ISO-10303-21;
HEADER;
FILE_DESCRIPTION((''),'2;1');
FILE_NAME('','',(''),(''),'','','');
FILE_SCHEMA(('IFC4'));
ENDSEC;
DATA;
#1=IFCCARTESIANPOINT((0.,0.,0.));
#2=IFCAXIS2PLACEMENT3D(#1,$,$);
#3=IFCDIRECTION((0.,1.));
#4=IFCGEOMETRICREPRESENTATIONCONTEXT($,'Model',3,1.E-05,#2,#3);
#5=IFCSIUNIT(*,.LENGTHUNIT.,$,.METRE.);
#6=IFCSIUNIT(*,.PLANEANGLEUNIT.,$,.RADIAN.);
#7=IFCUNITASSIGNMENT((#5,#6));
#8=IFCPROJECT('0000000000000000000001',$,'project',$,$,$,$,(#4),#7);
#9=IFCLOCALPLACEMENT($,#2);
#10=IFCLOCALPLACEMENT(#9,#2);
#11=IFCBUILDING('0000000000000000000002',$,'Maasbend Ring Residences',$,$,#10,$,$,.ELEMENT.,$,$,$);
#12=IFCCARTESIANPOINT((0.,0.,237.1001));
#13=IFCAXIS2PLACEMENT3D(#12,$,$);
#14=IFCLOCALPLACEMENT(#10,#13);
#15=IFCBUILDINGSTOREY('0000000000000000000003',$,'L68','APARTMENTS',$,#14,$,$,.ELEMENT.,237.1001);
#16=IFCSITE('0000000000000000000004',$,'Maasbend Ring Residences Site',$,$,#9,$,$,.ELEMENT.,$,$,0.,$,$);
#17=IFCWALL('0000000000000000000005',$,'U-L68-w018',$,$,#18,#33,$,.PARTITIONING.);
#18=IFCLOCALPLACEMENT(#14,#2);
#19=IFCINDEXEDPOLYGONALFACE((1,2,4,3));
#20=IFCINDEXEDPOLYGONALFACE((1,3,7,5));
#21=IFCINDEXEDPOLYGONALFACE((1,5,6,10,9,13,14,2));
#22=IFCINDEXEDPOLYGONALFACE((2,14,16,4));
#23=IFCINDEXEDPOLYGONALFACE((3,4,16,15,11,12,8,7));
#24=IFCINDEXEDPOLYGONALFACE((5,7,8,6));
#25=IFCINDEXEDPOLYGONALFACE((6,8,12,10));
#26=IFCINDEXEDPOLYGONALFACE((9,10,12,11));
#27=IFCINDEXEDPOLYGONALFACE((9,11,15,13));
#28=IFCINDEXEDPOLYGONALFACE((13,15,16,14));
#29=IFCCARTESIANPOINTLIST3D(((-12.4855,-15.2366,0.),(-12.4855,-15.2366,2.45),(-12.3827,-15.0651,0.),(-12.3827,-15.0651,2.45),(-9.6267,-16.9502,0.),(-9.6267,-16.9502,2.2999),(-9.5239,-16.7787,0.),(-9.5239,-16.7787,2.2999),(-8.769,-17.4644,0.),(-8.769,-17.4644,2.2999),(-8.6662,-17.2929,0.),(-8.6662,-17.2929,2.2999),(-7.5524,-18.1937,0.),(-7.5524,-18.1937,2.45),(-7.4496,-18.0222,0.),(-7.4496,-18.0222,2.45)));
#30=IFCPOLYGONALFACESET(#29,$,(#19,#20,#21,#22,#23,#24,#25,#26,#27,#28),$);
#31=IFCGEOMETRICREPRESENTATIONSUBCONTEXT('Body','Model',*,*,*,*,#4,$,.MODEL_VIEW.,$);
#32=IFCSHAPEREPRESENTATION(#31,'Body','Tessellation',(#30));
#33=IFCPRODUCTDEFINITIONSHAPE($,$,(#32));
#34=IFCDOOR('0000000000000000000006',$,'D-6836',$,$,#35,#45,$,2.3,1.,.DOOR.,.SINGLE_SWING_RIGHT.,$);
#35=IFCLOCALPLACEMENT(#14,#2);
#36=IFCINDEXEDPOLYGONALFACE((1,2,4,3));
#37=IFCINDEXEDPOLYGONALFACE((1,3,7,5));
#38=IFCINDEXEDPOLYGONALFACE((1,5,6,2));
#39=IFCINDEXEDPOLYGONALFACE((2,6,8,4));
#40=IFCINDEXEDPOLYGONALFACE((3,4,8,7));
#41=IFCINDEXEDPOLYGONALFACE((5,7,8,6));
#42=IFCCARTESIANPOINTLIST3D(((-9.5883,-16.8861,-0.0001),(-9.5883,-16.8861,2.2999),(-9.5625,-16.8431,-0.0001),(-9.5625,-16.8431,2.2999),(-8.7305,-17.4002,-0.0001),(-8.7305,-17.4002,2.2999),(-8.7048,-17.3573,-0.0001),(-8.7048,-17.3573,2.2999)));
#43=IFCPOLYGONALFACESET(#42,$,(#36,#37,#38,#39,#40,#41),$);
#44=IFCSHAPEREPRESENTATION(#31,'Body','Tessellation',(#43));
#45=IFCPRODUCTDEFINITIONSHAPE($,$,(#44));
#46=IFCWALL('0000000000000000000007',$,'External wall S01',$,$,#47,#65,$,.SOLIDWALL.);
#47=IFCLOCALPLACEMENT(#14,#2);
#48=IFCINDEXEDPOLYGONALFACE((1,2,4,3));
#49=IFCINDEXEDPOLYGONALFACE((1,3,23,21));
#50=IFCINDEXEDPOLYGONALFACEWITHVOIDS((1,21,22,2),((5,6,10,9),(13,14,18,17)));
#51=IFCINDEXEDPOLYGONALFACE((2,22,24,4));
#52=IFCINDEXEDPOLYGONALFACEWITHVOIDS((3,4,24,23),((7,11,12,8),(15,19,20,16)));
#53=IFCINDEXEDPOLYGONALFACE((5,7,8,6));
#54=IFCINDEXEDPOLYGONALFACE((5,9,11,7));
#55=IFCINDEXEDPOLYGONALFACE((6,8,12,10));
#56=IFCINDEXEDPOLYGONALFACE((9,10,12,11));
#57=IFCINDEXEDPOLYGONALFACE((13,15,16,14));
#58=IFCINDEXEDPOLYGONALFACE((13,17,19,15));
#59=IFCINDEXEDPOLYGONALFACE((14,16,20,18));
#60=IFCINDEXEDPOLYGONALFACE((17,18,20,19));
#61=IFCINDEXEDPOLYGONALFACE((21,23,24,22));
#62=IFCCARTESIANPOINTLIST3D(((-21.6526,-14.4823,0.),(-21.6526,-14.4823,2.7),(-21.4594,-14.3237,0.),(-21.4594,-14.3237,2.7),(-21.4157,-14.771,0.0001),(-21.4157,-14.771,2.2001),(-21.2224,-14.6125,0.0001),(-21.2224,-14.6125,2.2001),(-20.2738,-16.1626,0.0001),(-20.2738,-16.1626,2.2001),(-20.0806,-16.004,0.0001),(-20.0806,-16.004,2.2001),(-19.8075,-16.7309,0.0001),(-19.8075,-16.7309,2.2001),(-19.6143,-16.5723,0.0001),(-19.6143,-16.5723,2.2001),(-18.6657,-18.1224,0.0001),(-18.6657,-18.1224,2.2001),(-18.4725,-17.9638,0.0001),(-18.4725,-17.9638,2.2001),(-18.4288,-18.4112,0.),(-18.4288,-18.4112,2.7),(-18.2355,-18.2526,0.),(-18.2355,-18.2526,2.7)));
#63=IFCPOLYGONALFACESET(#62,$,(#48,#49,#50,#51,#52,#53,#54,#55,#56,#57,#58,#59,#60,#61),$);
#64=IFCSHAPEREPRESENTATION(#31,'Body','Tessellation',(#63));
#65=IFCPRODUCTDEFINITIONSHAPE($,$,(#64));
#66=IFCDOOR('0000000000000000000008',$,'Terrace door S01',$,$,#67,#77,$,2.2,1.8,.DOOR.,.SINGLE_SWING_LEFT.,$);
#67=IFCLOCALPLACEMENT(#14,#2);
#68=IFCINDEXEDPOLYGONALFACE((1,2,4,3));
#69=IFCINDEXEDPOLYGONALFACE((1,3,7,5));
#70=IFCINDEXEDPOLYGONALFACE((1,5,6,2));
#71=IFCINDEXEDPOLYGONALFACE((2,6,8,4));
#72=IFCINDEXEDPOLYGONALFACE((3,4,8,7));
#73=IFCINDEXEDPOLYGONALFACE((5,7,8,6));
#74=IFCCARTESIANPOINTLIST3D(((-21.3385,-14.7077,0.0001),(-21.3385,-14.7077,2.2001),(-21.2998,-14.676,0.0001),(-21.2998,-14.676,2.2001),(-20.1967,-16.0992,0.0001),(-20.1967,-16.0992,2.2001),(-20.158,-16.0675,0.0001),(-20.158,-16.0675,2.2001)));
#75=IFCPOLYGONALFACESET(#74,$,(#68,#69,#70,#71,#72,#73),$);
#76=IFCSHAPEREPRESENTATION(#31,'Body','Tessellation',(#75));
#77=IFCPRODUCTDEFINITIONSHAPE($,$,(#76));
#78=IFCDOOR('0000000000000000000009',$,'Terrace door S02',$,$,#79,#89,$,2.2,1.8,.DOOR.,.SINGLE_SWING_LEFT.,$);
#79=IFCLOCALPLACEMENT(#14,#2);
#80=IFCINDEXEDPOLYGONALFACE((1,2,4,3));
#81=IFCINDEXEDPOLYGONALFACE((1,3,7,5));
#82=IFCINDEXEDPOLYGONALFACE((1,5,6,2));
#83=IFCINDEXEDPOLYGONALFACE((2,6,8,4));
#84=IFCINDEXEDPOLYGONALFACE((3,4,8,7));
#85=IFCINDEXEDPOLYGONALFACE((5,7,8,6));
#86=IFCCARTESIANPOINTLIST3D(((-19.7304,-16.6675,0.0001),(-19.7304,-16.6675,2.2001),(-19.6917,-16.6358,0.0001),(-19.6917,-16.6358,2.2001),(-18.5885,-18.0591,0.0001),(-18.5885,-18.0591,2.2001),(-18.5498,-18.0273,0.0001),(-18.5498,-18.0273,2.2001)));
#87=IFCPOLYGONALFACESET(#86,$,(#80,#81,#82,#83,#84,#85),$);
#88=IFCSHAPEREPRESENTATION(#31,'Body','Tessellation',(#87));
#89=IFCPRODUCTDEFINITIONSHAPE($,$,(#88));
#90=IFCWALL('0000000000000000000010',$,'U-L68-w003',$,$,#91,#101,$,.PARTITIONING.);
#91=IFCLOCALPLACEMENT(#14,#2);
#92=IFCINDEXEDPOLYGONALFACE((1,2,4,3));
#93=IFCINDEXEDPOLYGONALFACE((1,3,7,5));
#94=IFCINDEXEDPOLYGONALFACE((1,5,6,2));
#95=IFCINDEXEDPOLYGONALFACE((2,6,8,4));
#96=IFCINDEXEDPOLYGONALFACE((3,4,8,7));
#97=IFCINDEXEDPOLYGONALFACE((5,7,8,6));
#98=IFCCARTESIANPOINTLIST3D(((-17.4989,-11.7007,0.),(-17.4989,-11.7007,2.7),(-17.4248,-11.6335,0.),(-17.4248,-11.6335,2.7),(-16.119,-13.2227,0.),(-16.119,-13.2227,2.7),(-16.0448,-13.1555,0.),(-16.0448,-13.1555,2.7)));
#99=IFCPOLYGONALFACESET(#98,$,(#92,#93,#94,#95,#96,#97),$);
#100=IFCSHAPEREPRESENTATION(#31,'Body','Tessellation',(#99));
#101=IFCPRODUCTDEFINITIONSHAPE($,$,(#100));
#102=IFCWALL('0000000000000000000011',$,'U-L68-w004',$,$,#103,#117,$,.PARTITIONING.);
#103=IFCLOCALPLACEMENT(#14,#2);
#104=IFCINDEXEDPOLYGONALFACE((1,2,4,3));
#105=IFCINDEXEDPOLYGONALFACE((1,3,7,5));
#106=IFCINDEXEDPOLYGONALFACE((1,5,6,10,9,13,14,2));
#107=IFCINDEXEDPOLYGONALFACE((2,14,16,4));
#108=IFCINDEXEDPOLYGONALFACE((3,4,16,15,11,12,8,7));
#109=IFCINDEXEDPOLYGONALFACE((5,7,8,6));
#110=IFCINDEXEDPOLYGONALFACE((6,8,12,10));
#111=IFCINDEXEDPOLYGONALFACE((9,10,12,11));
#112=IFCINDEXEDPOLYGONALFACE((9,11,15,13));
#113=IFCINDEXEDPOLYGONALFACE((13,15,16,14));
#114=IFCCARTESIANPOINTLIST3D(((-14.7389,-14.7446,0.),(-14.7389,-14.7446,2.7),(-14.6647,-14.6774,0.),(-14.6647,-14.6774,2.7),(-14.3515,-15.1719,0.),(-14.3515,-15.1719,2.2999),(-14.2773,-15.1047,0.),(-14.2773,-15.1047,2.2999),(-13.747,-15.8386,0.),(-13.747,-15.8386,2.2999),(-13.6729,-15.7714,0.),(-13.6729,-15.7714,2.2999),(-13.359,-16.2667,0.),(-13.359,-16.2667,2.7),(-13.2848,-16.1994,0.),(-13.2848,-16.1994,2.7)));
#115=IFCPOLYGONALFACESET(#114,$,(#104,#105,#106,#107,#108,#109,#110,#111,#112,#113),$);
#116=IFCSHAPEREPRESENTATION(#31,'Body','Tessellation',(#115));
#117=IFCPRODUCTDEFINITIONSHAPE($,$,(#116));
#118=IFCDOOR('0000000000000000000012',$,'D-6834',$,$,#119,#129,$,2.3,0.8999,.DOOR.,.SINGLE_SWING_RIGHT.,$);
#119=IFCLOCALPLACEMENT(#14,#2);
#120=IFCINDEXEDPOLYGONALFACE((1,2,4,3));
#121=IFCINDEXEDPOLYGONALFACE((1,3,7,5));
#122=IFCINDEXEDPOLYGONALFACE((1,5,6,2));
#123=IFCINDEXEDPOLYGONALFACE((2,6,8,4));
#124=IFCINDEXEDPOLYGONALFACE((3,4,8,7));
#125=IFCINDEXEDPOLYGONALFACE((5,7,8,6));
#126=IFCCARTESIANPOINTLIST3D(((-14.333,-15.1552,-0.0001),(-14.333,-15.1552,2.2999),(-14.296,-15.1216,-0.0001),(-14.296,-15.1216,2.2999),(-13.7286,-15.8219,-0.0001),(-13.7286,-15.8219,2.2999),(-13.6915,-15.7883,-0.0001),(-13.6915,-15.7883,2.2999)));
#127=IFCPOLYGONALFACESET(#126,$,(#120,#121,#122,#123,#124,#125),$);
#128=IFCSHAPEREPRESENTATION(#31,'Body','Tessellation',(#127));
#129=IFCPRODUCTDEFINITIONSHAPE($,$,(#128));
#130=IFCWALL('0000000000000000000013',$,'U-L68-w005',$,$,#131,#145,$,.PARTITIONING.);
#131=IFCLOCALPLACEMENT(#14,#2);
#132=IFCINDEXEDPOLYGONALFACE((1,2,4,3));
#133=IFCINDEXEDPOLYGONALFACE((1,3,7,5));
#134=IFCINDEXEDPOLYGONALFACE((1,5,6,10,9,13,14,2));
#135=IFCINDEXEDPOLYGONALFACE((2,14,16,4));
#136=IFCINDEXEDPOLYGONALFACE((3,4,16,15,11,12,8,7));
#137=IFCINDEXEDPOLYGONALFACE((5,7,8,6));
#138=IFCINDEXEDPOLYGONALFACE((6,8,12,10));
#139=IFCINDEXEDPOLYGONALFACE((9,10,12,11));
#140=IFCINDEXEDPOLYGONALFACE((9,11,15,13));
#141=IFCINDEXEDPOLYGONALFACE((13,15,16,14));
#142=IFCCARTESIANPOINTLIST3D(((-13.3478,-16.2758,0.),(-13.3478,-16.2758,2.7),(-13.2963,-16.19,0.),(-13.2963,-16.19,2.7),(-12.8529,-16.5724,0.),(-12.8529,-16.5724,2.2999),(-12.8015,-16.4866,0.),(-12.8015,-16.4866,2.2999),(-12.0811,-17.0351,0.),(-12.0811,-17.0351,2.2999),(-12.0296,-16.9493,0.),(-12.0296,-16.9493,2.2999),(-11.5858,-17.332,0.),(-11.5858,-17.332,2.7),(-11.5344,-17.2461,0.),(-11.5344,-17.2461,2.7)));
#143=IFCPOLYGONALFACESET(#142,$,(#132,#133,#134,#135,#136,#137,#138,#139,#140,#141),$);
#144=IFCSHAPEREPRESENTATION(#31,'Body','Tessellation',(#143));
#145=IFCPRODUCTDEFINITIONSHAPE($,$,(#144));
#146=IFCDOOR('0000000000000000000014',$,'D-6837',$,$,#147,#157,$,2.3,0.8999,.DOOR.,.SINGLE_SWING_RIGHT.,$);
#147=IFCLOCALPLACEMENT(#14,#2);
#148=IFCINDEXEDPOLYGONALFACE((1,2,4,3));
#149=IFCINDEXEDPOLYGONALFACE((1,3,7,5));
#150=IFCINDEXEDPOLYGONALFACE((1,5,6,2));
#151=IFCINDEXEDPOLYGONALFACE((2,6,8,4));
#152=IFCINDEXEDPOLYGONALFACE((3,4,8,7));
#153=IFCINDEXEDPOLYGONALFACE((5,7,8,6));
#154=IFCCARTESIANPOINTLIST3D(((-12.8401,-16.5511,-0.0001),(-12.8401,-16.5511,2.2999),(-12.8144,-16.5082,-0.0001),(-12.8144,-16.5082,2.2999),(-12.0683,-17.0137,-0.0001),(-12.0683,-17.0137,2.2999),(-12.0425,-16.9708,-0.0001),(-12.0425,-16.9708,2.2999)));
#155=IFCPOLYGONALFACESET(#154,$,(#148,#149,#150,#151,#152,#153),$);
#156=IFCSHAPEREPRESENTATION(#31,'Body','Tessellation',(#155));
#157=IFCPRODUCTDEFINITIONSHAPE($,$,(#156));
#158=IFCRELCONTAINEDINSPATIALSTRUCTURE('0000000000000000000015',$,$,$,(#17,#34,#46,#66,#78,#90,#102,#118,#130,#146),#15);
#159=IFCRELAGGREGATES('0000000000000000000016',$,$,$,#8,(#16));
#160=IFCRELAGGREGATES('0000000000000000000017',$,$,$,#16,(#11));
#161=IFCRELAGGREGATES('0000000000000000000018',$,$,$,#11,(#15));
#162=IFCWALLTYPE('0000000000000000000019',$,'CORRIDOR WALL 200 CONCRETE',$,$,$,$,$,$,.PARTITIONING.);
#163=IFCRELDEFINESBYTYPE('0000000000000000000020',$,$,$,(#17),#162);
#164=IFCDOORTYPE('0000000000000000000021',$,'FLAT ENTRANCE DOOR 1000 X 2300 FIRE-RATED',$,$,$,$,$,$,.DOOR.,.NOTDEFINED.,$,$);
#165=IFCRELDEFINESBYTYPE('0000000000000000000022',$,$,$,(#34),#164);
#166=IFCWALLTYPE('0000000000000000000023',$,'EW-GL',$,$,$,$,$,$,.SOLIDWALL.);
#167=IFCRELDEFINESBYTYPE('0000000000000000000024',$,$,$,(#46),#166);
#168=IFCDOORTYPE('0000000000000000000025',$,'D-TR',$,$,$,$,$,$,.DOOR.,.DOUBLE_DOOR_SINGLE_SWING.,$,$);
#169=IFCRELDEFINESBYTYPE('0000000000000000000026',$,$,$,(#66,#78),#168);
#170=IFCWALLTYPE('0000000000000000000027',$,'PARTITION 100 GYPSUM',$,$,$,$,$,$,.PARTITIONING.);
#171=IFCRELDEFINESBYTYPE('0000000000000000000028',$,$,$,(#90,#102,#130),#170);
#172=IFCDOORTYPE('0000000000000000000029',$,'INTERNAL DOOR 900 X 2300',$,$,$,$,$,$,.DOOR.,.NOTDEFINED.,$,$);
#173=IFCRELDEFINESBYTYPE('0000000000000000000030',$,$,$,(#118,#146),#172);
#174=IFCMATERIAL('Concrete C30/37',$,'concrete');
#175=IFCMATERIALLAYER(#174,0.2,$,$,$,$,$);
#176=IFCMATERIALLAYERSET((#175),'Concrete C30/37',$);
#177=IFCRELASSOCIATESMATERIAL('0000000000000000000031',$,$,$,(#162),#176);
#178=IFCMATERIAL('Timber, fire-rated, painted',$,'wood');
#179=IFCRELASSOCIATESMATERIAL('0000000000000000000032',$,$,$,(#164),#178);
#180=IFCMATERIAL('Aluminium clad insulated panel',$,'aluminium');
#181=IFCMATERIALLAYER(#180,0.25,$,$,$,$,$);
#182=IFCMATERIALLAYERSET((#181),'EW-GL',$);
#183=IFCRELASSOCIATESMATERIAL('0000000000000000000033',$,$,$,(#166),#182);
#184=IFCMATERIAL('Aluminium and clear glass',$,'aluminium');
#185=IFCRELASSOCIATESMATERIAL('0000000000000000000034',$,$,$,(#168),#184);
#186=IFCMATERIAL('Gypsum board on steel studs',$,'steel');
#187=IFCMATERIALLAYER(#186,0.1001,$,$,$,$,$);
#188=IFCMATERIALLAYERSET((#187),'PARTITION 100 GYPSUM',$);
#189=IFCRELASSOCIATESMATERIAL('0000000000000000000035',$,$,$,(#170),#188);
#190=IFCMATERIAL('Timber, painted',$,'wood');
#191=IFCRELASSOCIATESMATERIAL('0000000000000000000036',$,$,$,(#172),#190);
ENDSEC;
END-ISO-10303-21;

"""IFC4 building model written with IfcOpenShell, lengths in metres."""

from ifc_helpers import new_model, si_unit, direction, frame, frame_2d, origin, place, context, subcontext, project, spatial, rectangle, extrude, material, layer, layer_set, type_object, element, fill, save


model = new_model("IFC4")

# Units and contexts
model_context = context("Model", 3, precision=1e-05, world=origin(), true_north=direction((0.0, 1.0)))
body_context = subcontext(model_context, "Body", "Model", "MODEL_VIEW")
ifc_project = project(units=[si_unit("LENGTHUNIT", "METRE"), si_unit("PLANEANGLEUNIT", "RADIAN")], contexts=[model_context])

# Site, building, storey
site_placement = place(None, origin())
site = spatial("IfcSite", under=ifc_project, at=site_placement, Name="Maasbend Ring Residences Site", CompositionType="ELEMENT", RefElevation=0.0)
building_placement = place(site_placement, origin())
building = spatial("IfcBuilding", under=site, at=building_placement, Name="Maasbend Ring Residences", CompositionType="ELEMENT")
storey_placement = place(building_placement, frame((0.0, 0.0, 237.1001)))
storey = spatial("IfcBuildingStorey", under=building, at=storey_placement, Name="L68", Description="APARTMENTS", CompositionType="ELEMENT", Elevation=237.1001)

# Wall, opening, door
ifc_material_1 = material(Name="Concrete C30/37", Category="concrete")
ifc_layer_1 = layer(ifc_material_1, 0.2)
ifc_layer_set_1 = layer_set([ifc_layer_1], Name="Concrete C30/37")
wall_type_1 = type_object("IfcWallType", Name="CORRIDOR WALL 200 CONCRETE", PredefinedType="PARTITIONING", material=ifc_layer_set_1)
wall_1_placement = place(storey_placement, frame((-12.4341, -15.1509, 0.0), z_axis=(0.0, 0.0, 1.0), x_axis=(0.85771, -0.514134, 0.0)))
wall_1 = element("IfcWall", 1, at=wall_1_placement, inside=storey, type_object=wall_type_1, Name="U-L68-w018", PredefinedType="PARTITIONING", context=body_context, shape_type="SweptSolid", body=[
    extrude(rectangle(XDim=5.7515, YDim=0.2, at=frame_2d((2.8757, 0.0))), origin(), (0.0, 0.0, 1.0), 2.45),
])
opening_1_placement = place(wall_1_placement, frame((3.333, 0.0, 0.0)))
opening_1 = element("IfcOpeningElement", 2, at=opening_1_placement, cuts=wall_1, PredefinedType="OPENING", context=body_context, shape_type="SweptSolid", body=[
    extrude(rectangle(XDim=1.0, YDim=2.3, at=frame_2d((0.5, 1.1499))), frame((0.0, 0.1099, 0.0), z_axis=(0.0, -1.0, 0.0), x_axis=(1.0, 0.0, 0.0)), (0.0, 0.0, 1.0), 0.22),
])
ifc_material_2 = material(Name="Timber, fire-rated, painted", Category="wood")
door_type_1 = type_object("IfcDoorType", Name="FLAT ENTRANCE DOOR 1000 X 2300 FIRE-RATED", OperationType="NOTDEFINED", PredefinedType="DOOR", material=ifc_material_2)
door_1_placement = place(opening_1_placement, origin())
door_1 = element("IfcDoor", 3, at=door_1_placement, inside=storey, type_object=door_type_1, Name="D-6836", OperationType="SINGLE_SWING_RIGHT", OverallHeight=2.3, OverallWidth=1.0, PredefinedType="DOOR", context=body_context, shape_type="SweptSolid", body=[
    extrude(rectangle(XDim=1.0, YDim=2.3, at=frame_2d((0.5, 1.1499))), frame((0.0, 0.0249, 0.0), z_axis=(0.0, -1.0, 0.0), x_axis=(1.0, 0.0, 0.0)), (0.0, 0.0, 1.0), 0.05),
])
fill(opening_1, door_1)

# Wall, openings, doors
ifc_material_3 = material(Name="Aluminium clad insulated panel", Category="aluminium")
ifc_layer_2 = layer(ifc_material_3, 0.25)
ifc_layer_set_2 = layer_set([ifc_layer_2], Name="EW-GL")
wall_type_2 = type_object("IfcWallType", Name="EW-GL", PredefinedType="SOLIDWALL", material=ifc_layer_set_2)
wall_2_placement = place(storey_placement, frame((-21.5559, -14.4031, 0.0), z_axis=(0.0, 0.0, 1.0), x_axis=(0.634331, -0.773062, 0.0)))
wall_2 = element("IfcWall", 4, at=wall_2_placement, inside=storey, type_object=wall_type_2, Name="External wall S01", PredefinedType="SOLIDWALL", context=body_context, shape_type="SweptSolid", body=[
    extrude(rectangle(XDim=5.0823, YDim=0.25, at=frame_2d((2.541, 0.0))), origin(), (0.0, 0.0, 1.0), 2.7),
])
opening_2_placement = place(wall_2_placement, frame((0.3735, 0.0, 0.0)))
opening_2 = element("IfcOpeningElement", 5, at=opening_2_placement, cuts=wall_2, PredefinedType="OPENING", context=body_context, shape_type="SweptSolid", body=[
    extrude(rectangle(XDim=1.8, YDim=2.2, at=frame_2d((0.8999, 1.1001))), frame((0.0, 0.135, 0.0), z_axis=(0.0, -1.0, 0.0), x_axis=(1.0, 0.0, 0.0)), (0.0, 0.0, 1.0), 0.27),
])
opening_3_placement = place(wall_2_placement, frame((2.9087, 0.0, 0.0)))
opening_3 = element("IfcOpeningElement", 6, at=opening_3_placement, cuts=wall_2, PredefinedType="OPENING", context=body_context, shape_type="SweptSolid", body=[
    extrude(rectangle(XDim=1.8, YDim=2.2, at=frame_2d((0.8999, 1.1001))), frame((0.0, 0.135, 0.0), z_axis=(0.0, -1.0, 0.0), x_axis=(1.0, 0.0, 0.0)), (0.0, 0.0, 1.0), 0.27),
])
ifc_material_4 = material(Name="Aluminium and clear glass", Category="aluminium")
door_type_2 = type_object("IfcDoorType", Name="D-TR", OperationType="DOUBLE_DOOR_SINGLE_SWING", PredefinedType="DOOR", material=ifc_material_4)
door_2_placement = place(opening_2_placement, origin())
door_2 = element("IfcDoor", 7, at=door_2_placement, inside=storey, type_object=door_type_2, Name="Terrace door S01", OperationType="SINGLE_SWING_LEFT", OverallHeight=2.2, OverallWidth=1.8, PredefinedType="DOOR", context=body_context, shape_type="SweptSolid", body=[
    extrude(rectangle(XDim=1.8, YDim=2.2, at=frame_2d((0.8999, 1.1001))), frame((0.0, 0.0249, 0.0), z_axis=(0.0, -1.0, 0.0), x_axis=(1.0, 0.0, 0.0)), (0.0, 0.0, 1.0), 0.05),
])
fill(opening_2, door_2)
door_3_placement = place(opening_3_placement, origin())
door_3 = element("IfcDoor", 8, at=door_3_placement, inside=storey, type_object=door_type_2, Name="Terrace door S02", OperationType="SINGLE_SWING_LEFT", OverallHeight=2.2, OverallWidth=1.8, PredefinedType="DOOR", context=body_context, shape_type="SweptSolid", body=[
    extrude(rectangle(XDim=1.8, YDim=2.2, at=frame_2d((0.8999, 1.1001))), frame((0.0, 0.0249, 0.0), z_axis=(0.0, -1.0, 0.0), x_axis=(1.0, 0.0, 0.0)), (0.0, 0.0, 1.0), 0.05),
])
fill(opening_3, door_3)

# Wall
ifc_material_5 = material(Name="Gypsum board on steel studs", Category="steel")
ifc_layer_3 = layer(ifc_material_5, 0.1001)
ifc_layer_set_3 = layer_set([ifc_layer_3], Name="PARTITION 100 GYPSUM")
wall_type_3 = type_object("IfcWallType", Name="PARTITION 100 GYPSUM", PredefinedType="PARTITIONING", material=ifc_layer_set_3)
wall_3_placement = place(storey_placement, frame((-17.4619, -11.667, 0.0), z_axis=(0.0, 0.0, 1.0), x_axis=(0.671678, -0.740843, 0.0)))
element("IfcWall", 9, at=wall_3_placement, inside=storey, type_object=wall_type_3, Name="U-L68-w003", PredefinedType="PARTITIONING", context=body_context, shape_type="SweptSolid", body=[
    extrude(rectangle(XDim=2.0544, YDim=0.1001, at=frame_2d((1.0273, 0.0))), origin(), (0.0, 0.0, 1.0), 2.7),
])

# Walls, openings, doors
wall_4_placement = place(storey_placement, frame((-14.7019, -14.7109, 0.0), z_axis=(0.0, 0.0, 1.0), x_axis=(0.671678, -0.740843, 0.0)))
wall_4 = element("IfcWall", 10, at=wall_4_placement, inside=storey, type_object=wall_type_3, Name="U-L68-w004", PredefinedType="PARTITIONING", context=body_context, shape_type="SweptSolid", body=[
    extrude(rectangle(XDim=2.0544, YDim=0.1001, at=frame_2d((1.0273, 0.0))), origin(), (0.0, 0.0, 1.0), 2.7),
])
opening_4_placement = place(wall_4_placement, frame((0.5769, 0.0, 0.0)))
opening_4 = element("IfcOpeningElement", 11, at=opening_4_placement, cuts=wall_4, PredefinedType="OPENING", context=body_context, shape_type="SweptSolid", body=[
    extrude(rectangle(XDim=0.8999, YDim=2.3, at=frame_2d((0.45, 1.1499))), frame((0.0, 0.0601, 0.0), z_axis=(0.0, -1.0, 0.0), x_axis=(1.0, 0.0, 0.0)), (0.0, 0.0, 1.0), 0.1201),
])
ifc_material_6 = material(Name="Timber, painted", Category="wood")
door_type_3 = type_object("IfcDoorType", Name="INTERNAL DOOR 900 X 2300", OperationType="NOTDEFINED", PredefinedType="DOOR", material=ifc_material_6)
door_4_placement = place(opening_4_placement, origin())
door_4 = element("IfcDoor", 12, at=door_4_placement, inside=storey, type_object=door_type_3, Name="D-6834", OperationType="SINGLE_SWING_RIGHT", OverallHeight=2.3, OverallWidth=0.8999, PredefinedType="DOOR", context=body_context, shape_type="SweptSolid", body=[
    extrude(rectangle(XDim=0.8999, YDim=2.3, at=frame_2d((0.45, 1.1499))), frame((0.0, 0.0249, 0.0), z_axis=(0.0, -1.0, 0.0), x_axis=(1.0, 0.0, 0.0)), (0.0, 0.0, 1.0), 0.05),
])
fill(opening_4, door_4)
wall_5_placement = place(storey_placement, frame((-13.322, -16.2329, 0.0), z_axis=(0.0, 0.0, 1.0), x_axis=(0.857713, -0.514129, 0.0)))
wall_5 = element("IfcWall", 13, at=wall_5_placement, inside=storey, type_object=wall_type_3, Name="U-L68-w005", PredefinedType="PARTITIONING", context=body_context, shape_type="SweptSolid", body=[
    extrude(rectangle(XDim=2.0542, YDim=0.1001, at=frame_2d((1.0271, 0.0))), origin(), (0.0, 0.0, 1.0), 2.7),
])
opening_5_placement = place(wall_5_placement, frame((0.5769, 0.0, 0.0)))
opening_5 = element("IfcOpeningElement", 14, at=opening_5_placement, cuts=wall_5, PredefinedType="OPENING", context=body_context, shape_type="SweptSolid", body=[
    extrude(rectangle(XDim=0.8999, YDim=2.3, at=frame_2d((0.45, 1.1499))), frame((0.0, 0.0601, 0.0), z_axis=(0.0, -1.0, 0.0), x_axis=(1.0, 0.0, 0.0)), (0.0, 0.0, 1.0), 0.1201),
])
door_5_placement = place(opening_5_placement, origin())
door_5 = element("IfcDoor", 15, at=door_5_placement, inside=storey, type_object=door_type_3, Name="D-6837", OperationType="SINGLE_SWING_RIGHT", OverallHeight=2.3, OverallWidth=0.8999, PredefinedType="DOOR", context=body_context, shape_type="SweptSolid", body=[
    extrude(rectangle(XDim=0.8999, YDim=2.3, at=frame_2d((0.45, 1.1499))), frame((0.0, 0.0249, 0.0), z_axis=(0.0, -1.0, 0.0), x_axis=(1.0, 0.0, 0.0)), (0.0, 0.0, 1.0), 0.05),
])
fill(opening_5, door_5)

save(model, "model.ifc")
